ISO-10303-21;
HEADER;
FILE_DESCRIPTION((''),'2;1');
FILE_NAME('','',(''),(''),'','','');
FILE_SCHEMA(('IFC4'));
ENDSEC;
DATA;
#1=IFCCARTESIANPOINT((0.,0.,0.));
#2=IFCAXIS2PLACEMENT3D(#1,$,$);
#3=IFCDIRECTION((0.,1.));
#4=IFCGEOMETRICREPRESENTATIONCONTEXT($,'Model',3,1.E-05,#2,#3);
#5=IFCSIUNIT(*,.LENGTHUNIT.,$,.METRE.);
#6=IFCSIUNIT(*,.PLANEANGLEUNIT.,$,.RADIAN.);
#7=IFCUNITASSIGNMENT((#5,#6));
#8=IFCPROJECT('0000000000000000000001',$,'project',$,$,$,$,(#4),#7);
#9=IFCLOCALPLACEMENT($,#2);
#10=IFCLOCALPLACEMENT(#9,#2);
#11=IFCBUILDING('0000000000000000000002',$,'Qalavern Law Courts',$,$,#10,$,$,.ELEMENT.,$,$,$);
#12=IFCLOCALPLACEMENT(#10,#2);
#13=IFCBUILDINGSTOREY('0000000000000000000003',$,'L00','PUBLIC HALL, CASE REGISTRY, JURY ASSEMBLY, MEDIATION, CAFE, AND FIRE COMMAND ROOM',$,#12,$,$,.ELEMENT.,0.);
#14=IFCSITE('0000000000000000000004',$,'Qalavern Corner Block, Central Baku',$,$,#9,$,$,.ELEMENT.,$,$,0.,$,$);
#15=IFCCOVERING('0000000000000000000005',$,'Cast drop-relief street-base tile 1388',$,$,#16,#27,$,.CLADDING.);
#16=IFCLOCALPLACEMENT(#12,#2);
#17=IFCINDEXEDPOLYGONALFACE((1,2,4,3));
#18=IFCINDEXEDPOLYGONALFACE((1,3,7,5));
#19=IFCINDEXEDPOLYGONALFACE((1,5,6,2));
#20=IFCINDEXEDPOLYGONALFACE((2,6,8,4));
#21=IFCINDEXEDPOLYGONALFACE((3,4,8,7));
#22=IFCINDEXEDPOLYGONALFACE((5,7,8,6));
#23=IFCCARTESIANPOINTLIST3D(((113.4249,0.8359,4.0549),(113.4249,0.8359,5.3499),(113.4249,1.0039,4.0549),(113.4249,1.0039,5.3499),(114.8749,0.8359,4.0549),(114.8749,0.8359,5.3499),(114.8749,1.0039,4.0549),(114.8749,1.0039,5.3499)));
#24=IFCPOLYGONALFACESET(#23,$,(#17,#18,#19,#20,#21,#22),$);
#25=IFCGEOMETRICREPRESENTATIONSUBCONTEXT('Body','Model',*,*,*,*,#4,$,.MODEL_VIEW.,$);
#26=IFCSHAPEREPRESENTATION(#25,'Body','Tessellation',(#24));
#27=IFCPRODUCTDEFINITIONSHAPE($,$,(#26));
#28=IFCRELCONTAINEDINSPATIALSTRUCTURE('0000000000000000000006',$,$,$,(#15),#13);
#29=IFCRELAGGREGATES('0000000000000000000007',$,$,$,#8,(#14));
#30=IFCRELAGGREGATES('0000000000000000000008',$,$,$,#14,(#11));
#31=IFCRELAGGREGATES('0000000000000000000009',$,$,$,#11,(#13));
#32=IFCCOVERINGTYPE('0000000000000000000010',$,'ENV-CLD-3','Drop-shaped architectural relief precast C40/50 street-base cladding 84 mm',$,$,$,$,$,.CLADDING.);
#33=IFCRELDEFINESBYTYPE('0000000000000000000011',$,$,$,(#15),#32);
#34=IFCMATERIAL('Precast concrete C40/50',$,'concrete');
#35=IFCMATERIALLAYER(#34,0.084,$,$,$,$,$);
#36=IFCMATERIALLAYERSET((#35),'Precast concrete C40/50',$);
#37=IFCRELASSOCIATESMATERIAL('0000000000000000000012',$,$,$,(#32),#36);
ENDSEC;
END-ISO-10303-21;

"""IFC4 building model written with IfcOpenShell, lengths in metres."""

from ifc_helpers import new_model, si_unit, direction, frame, origin, origin_2d, place, context, subcontext, project, spatial, rectangle, extrude, material, layer, layer_set, type_object, element, save


model = new_model("IFC4")

# Units and contexts
model_context = context("Model", 3, precision=1e-05, world=origin(), true_north=direction((0.0, 1.0)))
body_context = subcontext(model_context, "Body", "Model", "MODEL_VIEW")
ifc_project = project(units=[si_unit("LENGTHUNIT", "METRE"), si_unit("PLANEANGLEUNIT", "RADIAN")], contexts=[model_context])

# Site, building, storey
site_placement = place(None, origin())
site = spatial("IfcSite", under=ifc_project, at=site_placement, Name="Qalavern Corner Block, Central Baku", CompositionType="ELEMENT", RefElevation=0.0)
building_placement = place(site_placement, origin())
building = spatial("IfcBuilding", under=site, at=building_placement, Name="Qalavern Law Courts", CompositionType="ELEMENT")
storey_placement = place(building_placement, origin())
storey = spatial("IfcBuildingStorey", under=building, at=storey_placement, Name="L00", Description="PUBLIC HALL, CASE REGISTRY, JURY ASSEMBLY, MEDIATION, CAFE, AND FIRE COMMAND ROOM", CompositionType="ELEMENT", Elevation=0.0)

# Covering
ifc_material_1 = material(Name="Precast concrete C40/50", Category="concrete")
ifc_layer_1 = layer(ifc_material_1, 0.084)
ifc_layer_set_1 = layer_set([ifc_layer_1], Name="Precast concrete C40/50")
covering_type_1 = type_object("IfcCoveringType", Name="ENV-CLD-3", Description="Drop-shaped architectural relief precast C40/50 street-base cladding 84 mm", PredefinedType="CLADDING", material=ifc_layer_set_1)
covering_1_placement = place(storey_placement, frame((114.1499, 0.9199, 4.0549), z_axis=(0.0, 0.0, 1.0), x_axis=(1.0, 0.0, 0.0)))
element("IfcCovering", 1, at=covering_1_placement, inside=storey, type_object=covering_type_1, Name="Cast drop-relief street-base tile 1388", PredefinedType="CLADDING", context=body_context, shape_type="SweptSolid", body=[
    extrude(rectangle(XDim=1.45, YDim=0.168, at=origin_2d()), origin(), (0.0, 0.0, 1.0), 1.2949),
])

save(model, "model.ifc")
